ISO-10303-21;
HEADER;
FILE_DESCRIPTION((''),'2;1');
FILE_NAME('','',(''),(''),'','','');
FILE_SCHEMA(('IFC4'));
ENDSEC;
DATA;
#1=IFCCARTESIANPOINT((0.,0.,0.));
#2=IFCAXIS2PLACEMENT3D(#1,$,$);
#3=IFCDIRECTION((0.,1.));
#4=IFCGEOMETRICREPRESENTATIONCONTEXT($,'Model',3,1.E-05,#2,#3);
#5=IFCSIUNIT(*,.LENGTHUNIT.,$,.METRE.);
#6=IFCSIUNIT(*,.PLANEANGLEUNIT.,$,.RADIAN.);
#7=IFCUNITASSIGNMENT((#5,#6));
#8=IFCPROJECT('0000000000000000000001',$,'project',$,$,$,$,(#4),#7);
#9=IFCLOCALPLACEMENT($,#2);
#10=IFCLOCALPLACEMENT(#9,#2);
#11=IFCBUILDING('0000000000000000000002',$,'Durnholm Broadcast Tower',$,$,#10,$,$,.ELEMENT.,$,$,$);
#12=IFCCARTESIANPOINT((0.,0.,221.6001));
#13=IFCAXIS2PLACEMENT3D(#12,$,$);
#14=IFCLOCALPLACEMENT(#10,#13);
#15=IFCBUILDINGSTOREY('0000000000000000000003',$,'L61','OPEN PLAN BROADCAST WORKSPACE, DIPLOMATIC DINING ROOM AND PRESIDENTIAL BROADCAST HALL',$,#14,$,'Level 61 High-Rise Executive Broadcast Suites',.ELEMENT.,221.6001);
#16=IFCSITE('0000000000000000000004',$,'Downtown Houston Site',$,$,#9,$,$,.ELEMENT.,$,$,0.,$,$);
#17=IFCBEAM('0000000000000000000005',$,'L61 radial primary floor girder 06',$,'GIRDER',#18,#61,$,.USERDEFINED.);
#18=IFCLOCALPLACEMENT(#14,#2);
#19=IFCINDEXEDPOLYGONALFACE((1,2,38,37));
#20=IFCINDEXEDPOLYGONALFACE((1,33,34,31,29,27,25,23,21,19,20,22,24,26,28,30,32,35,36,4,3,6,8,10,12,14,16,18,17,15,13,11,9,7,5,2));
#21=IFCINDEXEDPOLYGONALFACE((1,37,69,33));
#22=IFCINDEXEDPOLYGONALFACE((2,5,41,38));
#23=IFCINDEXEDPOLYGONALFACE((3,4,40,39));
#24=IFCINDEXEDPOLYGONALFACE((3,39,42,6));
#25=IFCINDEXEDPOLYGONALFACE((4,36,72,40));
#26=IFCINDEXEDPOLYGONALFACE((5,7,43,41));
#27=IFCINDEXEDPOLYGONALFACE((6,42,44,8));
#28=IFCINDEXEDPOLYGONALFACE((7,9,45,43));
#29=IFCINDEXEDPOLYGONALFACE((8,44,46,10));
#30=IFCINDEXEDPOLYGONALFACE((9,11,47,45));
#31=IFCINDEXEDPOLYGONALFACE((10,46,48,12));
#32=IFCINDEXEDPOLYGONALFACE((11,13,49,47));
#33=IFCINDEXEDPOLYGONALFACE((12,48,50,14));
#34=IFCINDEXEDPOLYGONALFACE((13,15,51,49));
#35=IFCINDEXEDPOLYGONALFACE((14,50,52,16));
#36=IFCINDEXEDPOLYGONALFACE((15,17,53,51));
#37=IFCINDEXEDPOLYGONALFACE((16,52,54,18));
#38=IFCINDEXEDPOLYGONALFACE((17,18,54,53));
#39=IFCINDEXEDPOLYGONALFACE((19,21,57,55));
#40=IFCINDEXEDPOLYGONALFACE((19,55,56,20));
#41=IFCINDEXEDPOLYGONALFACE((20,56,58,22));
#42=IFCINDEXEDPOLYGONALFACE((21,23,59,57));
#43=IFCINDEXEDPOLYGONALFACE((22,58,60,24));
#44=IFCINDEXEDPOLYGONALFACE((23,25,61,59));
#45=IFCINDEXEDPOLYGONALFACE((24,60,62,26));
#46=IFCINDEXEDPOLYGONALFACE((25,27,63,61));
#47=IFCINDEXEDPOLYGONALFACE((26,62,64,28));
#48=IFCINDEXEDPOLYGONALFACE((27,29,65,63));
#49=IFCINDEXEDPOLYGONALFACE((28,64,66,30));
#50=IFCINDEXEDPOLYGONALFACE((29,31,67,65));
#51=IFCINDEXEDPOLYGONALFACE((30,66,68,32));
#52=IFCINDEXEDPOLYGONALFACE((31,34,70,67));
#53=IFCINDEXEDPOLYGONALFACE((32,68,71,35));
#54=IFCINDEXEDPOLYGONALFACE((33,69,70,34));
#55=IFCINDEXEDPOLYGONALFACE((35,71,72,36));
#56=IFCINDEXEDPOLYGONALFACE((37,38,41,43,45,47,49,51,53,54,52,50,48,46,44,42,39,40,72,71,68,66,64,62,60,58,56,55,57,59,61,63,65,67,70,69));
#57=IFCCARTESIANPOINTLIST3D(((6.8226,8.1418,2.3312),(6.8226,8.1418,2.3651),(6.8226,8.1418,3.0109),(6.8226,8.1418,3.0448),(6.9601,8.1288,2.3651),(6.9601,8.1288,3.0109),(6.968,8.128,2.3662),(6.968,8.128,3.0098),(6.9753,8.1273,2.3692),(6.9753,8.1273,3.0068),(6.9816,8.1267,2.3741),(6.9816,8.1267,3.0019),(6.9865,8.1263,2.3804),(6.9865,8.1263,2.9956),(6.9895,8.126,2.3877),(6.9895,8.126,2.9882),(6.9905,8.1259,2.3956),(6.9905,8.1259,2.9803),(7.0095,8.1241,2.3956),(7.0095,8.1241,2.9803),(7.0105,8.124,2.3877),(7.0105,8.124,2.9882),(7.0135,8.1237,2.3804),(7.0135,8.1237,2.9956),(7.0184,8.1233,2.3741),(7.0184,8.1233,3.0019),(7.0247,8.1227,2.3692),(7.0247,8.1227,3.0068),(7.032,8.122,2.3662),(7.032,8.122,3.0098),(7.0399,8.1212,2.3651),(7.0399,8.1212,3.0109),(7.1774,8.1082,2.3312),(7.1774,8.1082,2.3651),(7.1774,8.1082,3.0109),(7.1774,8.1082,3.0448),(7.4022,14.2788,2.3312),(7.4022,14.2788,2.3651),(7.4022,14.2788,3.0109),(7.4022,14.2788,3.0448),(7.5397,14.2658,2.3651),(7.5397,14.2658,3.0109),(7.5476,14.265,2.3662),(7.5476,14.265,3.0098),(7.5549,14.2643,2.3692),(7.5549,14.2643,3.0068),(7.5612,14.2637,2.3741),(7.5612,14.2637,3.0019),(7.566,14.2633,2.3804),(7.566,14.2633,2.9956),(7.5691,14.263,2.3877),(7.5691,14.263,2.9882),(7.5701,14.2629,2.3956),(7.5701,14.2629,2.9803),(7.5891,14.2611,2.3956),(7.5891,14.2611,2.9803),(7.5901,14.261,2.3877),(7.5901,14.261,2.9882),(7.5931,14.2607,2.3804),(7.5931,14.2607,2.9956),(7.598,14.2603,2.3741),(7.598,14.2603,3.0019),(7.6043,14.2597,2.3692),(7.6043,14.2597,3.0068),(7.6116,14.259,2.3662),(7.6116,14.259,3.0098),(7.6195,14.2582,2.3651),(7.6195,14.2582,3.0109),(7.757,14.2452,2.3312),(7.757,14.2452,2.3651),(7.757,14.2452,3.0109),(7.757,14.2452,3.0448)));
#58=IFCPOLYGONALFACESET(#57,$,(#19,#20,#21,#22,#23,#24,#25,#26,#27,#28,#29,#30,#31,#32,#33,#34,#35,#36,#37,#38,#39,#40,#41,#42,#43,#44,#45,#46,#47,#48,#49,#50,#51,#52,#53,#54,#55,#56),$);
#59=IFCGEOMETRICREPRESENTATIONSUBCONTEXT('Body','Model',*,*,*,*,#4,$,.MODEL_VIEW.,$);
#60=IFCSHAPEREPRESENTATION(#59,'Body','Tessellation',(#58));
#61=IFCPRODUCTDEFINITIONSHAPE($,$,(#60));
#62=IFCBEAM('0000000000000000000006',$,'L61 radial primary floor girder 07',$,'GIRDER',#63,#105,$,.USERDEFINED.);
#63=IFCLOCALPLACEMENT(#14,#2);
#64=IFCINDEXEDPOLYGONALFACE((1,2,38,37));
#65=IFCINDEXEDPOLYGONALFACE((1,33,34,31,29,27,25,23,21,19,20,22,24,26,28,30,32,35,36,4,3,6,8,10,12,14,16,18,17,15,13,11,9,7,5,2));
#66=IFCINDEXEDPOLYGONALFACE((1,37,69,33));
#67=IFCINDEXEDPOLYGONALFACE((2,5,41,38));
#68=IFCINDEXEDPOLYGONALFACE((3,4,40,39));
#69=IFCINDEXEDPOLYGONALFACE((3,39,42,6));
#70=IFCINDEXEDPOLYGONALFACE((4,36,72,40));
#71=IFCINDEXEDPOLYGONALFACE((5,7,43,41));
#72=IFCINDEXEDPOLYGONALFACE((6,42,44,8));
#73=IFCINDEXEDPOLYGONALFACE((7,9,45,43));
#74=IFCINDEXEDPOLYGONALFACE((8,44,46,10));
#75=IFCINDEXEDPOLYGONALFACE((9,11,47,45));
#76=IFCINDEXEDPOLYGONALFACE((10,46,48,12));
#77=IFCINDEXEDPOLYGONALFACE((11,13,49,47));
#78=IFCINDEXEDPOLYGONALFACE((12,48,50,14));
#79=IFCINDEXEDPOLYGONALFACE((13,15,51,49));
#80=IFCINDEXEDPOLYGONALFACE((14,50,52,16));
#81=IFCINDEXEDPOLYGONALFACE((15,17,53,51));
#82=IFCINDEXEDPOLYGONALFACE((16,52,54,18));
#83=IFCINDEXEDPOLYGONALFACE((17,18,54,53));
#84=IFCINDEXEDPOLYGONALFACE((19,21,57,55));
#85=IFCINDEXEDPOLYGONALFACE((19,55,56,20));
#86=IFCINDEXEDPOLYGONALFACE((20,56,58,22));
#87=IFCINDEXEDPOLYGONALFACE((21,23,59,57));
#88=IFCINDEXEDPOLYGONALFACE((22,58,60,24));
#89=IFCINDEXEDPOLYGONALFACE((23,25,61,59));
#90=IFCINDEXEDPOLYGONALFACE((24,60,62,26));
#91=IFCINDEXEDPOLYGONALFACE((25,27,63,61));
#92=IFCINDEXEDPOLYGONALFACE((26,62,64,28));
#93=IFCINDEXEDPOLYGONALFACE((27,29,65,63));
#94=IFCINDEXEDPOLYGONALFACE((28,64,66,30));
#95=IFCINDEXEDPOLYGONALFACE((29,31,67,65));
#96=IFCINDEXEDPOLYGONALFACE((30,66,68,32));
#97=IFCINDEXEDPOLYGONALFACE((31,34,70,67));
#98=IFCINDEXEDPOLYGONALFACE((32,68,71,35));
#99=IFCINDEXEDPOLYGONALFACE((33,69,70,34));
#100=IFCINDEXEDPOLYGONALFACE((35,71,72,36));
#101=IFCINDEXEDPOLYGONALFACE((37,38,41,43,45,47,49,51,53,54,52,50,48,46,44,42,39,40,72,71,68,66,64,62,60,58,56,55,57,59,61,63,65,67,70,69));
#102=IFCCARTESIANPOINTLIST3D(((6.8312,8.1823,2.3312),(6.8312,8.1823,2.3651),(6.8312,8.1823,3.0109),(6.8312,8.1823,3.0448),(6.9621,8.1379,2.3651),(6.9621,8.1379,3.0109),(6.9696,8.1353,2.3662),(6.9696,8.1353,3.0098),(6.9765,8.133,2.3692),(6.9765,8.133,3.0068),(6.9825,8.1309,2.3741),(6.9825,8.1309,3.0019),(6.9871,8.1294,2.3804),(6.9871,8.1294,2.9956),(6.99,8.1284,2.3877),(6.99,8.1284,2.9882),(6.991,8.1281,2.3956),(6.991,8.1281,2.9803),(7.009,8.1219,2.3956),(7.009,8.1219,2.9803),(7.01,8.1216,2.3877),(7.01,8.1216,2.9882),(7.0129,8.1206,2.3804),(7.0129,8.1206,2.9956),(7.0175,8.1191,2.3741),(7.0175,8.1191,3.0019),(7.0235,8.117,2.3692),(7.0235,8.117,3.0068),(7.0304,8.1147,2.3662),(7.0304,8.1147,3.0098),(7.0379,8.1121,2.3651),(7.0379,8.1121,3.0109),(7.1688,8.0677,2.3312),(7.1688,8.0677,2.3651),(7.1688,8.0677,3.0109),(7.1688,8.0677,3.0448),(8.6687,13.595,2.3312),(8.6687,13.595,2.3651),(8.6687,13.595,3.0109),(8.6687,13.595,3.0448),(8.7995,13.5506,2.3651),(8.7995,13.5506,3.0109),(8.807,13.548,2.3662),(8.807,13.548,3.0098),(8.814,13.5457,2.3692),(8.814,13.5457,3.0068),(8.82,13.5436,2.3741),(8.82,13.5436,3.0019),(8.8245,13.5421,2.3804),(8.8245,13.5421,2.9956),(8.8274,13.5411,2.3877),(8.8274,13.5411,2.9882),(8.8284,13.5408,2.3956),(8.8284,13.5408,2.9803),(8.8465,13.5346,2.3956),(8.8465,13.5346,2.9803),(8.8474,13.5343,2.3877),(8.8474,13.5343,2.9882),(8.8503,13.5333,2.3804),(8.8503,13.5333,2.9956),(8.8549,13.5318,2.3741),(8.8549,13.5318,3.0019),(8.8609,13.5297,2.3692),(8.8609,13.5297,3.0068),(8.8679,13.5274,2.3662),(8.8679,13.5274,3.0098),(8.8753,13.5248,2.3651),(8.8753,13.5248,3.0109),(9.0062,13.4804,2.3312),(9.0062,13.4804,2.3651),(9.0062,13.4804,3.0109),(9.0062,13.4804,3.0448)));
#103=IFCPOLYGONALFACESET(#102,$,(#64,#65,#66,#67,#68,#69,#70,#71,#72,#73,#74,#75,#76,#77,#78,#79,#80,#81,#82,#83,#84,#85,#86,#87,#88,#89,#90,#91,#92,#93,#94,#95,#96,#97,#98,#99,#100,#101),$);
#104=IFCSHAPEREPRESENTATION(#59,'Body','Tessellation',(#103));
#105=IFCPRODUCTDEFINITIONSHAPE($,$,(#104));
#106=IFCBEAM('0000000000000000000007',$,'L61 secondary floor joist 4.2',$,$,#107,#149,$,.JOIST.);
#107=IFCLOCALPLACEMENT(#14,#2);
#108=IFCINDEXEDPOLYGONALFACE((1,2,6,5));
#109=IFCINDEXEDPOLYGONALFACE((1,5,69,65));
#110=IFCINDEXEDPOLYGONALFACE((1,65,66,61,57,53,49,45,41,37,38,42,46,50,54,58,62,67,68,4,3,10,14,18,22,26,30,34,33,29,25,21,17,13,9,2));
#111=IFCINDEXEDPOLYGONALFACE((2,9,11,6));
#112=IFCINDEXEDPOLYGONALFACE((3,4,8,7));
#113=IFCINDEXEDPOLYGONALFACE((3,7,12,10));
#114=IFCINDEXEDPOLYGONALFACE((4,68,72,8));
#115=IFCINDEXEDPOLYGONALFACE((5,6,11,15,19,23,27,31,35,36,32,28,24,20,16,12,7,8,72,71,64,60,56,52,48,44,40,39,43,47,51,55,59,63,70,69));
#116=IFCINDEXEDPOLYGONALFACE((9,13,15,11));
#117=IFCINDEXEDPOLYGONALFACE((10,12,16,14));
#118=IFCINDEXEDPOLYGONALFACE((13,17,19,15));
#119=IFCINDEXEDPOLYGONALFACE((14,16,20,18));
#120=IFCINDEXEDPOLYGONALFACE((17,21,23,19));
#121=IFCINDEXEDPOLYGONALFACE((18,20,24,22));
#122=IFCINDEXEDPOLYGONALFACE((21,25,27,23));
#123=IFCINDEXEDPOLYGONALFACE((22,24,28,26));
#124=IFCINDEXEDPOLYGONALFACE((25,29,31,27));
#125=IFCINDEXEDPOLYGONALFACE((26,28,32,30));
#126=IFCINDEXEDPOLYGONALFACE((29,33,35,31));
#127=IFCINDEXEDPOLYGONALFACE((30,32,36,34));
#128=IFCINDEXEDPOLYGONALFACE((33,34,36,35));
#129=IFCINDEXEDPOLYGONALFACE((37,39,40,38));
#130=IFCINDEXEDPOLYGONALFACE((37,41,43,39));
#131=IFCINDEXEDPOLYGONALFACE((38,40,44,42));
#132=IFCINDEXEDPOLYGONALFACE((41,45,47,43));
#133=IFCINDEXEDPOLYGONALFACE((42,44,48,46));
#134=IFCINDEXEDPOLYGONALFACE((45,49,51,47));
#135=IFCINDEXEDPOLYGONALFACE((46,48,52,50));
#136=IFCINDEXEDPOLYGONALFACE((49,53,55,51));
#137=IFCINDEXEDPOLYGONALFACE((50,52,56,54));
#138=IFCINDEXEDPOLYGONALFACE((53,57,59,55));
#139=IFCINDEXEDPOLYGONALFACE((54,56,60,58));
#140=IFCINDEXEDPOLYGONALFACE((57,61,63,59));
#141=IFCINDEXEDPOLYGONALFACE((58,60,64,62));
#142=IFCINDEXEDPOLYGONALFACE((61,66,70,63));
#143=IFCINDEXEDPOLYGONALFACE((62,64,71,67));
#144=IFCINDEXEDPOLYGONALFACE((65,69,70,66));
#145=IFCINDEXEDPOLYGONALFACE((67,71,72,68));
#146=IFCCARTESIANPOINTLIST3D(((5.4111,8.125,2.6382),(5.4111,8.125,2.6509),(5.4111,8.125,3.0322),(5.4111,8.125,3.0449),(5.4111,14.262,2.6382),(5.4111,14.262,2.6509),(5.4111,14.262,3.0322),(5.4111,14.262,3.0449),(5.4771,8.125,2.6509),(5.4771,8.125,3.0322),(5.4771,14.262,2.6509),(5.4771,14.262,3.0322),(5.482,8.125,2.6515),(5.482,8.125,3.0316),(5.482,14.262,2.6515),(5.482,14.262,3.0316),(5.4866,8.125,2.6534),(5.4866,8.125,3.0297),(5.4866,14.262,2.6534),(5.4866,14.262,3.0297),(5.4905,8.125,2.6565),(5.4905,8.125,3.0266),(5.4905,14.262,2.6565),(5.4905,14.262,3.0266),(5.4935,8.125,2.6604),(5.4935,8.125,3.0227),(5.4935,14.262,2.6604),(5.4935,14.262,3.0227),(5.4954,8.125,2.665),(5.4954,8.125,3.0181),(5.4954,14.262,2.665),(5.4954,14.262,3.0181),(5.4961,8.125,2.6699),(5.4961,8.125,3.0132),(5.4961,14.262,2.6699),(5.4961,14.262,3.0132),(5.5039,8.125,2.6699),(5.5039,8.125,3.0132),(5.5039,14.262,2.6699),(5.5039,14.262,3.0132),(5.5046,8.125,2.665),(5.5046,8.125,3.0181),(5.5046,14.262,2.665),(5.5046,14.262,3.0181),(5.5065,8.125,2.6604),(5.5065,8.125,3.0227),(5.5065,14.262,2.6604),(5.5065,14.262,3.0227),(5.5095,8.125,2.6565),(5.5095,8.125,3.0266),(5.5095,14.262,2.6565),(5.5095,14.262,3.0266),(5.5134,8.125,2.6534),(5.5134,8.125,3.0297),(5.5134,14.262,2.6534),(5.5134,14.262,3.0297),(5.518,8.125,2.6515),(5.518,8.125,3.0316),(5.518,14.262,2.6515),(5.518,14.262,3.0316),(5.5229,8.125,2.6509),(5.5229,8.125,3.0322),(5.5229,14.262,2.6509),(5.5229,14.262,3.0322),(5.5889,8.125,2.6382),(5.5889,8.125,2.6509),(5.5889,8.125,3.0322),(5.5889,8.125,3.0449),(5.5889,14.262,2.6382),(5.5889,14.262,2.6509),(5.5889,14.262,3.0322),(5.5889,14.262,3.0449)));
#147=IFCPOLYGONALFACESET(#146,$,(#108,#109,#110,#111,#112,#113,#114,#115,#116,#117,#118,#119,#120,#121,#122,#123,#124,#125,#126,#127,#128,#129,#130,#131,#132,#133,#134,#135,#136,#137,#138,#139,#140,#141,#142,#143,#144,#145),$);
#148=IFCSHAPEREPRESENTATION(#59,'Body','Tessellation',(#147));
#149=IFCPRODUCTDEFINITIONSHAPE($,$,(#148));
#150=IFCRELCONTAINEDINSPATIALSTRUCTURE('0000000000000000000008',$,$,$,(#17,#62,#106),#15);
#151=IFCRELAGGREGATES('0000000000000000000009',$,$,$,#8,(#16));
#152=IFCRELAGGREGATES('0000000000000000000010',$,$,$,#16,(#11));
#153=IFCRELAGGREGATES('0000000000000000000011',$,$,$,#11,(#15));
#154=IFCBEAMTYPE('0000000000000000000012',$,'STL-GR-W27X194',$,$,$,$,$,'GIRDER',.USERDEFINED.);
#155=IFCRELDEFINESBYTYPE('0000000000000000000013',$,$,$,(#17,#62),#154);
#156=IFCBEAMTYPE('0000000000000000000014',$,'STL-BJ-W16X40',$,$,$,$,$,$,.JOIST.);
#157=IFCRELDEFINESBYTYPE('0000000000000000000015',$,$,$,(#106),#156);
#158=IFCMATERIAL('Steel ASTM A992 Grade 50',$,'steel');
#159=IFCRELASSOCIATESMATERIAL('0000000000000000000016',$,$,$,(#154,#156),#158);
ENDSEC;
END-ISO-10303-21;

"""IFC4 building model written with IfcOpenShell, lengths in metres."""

from ifc_helpers import new_model, si_unit, direction, frame, origin, origin_2d, place, context, subcontext, project, spatial, i_section, extrude, source, transform, mapped, material, material_profile, profile_set, type_object, type_shapes, element, save


model = new_model("IFC4")

# Units and contexts
model_context = context("Model", 3, precision=1e-05, world=origin(), true_north=direction((0.0, 1.0)))
body_context = subcontext(model_context, "Body", "Model", "MODEL_VIEW")
ifc_project = project(units=[si_unit("LENGTHUNIT", "METRE"), si_unit("PLANEANGLEUNIT", "RADIAN")], contexts=[model_context])

# Site, building, storey
site_placement = place(None, origin())
site = spatial("IfcSite", under=ifc_project, at=site_placement, Name="Downtown Houston Site", CompositionType="ELEMENT", RefElevation=0.0)
building_placement = place(site_placement, origin())
building = spatial("IfcBuilding", under=site, at=building_placement, Name="Durnholm Broadcast Tower", CompositionType="ELEMENT")
storey_placement = place(building_placement, frame((0.0, 0.0, 221.6001)))
storey = spatial("IfcBuildingStorey", under=building, at=storey_placement, Name="L61", Description="OPEN PLAN BROADCAST WORKSPACE, DIPLOMATIC DINING ROOM AND PRESIDENTIAL BROADCAST HALL", LongName="Level 61 High-Rise Executive Broadcast Suites", CompositionType="ELEMENT", Elevation=221.6001)

# Beams
ifc_material_1 = material(Name="Steel ASTM A992 Grade 50", Category="steel")
ifc_material_profile_1 = material_profile(ifc_material_1, i_section(OverallWidth=0.3564, OverallDepth=0.7136, WebThickness=0.019, FlangeThickness=0.0339, FilletRadius=0.0305, at=origin_2d()), Name="W27X194")
ifc_profile_set_1 = profile_set([ifc_material_profile_1], Name="Steel ASTM A992 Grade 50")
beam_type_1 = type_object("IfcBeamType", Name="STL-GR-W27X194", ElementType="GIRDER", PredefinedType="USERDEFINED", material=ifc_profile_set_1)
shared_shape_1 = source(origin(), body_context, "Body", "SweptSolid", [
    extrude(i_section(OverallWidth=0.3564, OverallDepth=0.7136, WebThickness=0.019, FlangeThickness=0.0339, FilletRadius=0.0305, at=origin_2d()), origin(), (0.0, 0.0, 1.0), 6.1643),
])
beam_1_placement = place(storey_placement, frame((7.0, 8.125, 2.688), z_axis=(0.094024, 0.99557, 0.0), x_axis=(-0.99557, 0.094024, 0.0)))
element("IfcBeam", 1, at=beam_1_placement, inside=storey, type_object=beam_type_1, Name="L61 radial primary floor girder 06", ObjectType="GIRDER", PredefinedType="USERDEFINED", context=body_context, shape_type="MappedRepresentation", body=[
    mapped(shared_shape_1, transform((0.0, 0.0, 0.0), x_axis=(1.0, 0.0, 0.0), y_axis=(0.0, 1.0, 0.0), z_axis=(0.0, 0.0, 1.0), scale=1.0)),
])
shared_shape_2 = source(origin(), body_context, "Body", "SweptSolid", [
    extrude(i_section(OverallWidth=0.3564, OverallDepth=0.7136, WebThickness=0.019, FlangeThickness=0.0339, FilletRadius=0.0305, at=origin_2d()), origin(), (0.0, 0.0, 1.0), 5.7161),
])
type_shapes(beam_type_1, [shared_shape_1, shared_shape_2])
beam_2_placement = place(storey_placement, frame((7.0, 8.125, 2.688), z_axis=(0.321451, 0.946926, 0.0), x_axis=(-0.946926, 0.321451, 0.0)))
element("IfcBeam", 2, at=beam_2_placement, inside=storey, type_object=beam_type_1, Name="L61 radial primary floor girder 07", ObjectType="GIRDER", PredefinedType="USERDEFINED", context=body_context, shape_type="MappedRepresentation", body=[
    mapped(shared_shape_2, transform((0.0, 0.0, 0.0), x_axis=(1.0, 0.0, 0.0), y_axis=(0.0, 1.0, 0.0), z_axis=(0.0, 0.0, 1.0), scale=1.0)),
])
ifc_material_profile_2 = material_profile(ifc_material_1, i_section(OverallWidth=0.1777, OverallDepth=0.4067, WebThickness=0.0078, FlangeThickness=0.0127, FilletRadius=0.019, at=origin_2d()), Name="W16X40")
ifc_profile_set_2 = profile_set([ifc_material_profile_2], Name="Steel ASTM A992 Grade 50")
beam_type_2 = type_object("IfcBeamType", Name="STL-BJ-W16X40", PredefinedType="JOIST", material=ifc_profile_set_2)
shared_shape_3 = source(origin(), body_context, "Body", "SweptSolid", [
    extrude(i_section(OverallWidth=0.1777, OverallDepth=0.4067, WebThickness=0.0078, FlangeThickness=0.0127, FilletRadius=0.019, at=origin_2d()), origin(), (0.0, 0.0, 1.0), 6.137),
])
type_shapes(beam_type_2, [shared_shape_3])
beam_3_placement = place(storey_placement, frame((5.5, 8.125, 2.8416), z_axis=(0.0, 1.0, 0.0), x_axis=(-1.0, 0.0, 0.0)))
element("IfcBeam", 3, at=beam_3_placement, inside=storey, type_object=beam_type_2, Name="L61 secondary floor joist 4.2", PredefinedType="JOIST", context=body_context, shape_type="MappedRepresentation", body=[
    mapped(shared_shape_3, transform((0.0, 0.0, 0.0), x_axis=(1.0, 0.0, 0.0), y_axis=(0.0, 1.0, 0.0), z_axis=(0.0, 0.0, 1.0), scale=1.0)),
])

save(model, "model.ifc")
